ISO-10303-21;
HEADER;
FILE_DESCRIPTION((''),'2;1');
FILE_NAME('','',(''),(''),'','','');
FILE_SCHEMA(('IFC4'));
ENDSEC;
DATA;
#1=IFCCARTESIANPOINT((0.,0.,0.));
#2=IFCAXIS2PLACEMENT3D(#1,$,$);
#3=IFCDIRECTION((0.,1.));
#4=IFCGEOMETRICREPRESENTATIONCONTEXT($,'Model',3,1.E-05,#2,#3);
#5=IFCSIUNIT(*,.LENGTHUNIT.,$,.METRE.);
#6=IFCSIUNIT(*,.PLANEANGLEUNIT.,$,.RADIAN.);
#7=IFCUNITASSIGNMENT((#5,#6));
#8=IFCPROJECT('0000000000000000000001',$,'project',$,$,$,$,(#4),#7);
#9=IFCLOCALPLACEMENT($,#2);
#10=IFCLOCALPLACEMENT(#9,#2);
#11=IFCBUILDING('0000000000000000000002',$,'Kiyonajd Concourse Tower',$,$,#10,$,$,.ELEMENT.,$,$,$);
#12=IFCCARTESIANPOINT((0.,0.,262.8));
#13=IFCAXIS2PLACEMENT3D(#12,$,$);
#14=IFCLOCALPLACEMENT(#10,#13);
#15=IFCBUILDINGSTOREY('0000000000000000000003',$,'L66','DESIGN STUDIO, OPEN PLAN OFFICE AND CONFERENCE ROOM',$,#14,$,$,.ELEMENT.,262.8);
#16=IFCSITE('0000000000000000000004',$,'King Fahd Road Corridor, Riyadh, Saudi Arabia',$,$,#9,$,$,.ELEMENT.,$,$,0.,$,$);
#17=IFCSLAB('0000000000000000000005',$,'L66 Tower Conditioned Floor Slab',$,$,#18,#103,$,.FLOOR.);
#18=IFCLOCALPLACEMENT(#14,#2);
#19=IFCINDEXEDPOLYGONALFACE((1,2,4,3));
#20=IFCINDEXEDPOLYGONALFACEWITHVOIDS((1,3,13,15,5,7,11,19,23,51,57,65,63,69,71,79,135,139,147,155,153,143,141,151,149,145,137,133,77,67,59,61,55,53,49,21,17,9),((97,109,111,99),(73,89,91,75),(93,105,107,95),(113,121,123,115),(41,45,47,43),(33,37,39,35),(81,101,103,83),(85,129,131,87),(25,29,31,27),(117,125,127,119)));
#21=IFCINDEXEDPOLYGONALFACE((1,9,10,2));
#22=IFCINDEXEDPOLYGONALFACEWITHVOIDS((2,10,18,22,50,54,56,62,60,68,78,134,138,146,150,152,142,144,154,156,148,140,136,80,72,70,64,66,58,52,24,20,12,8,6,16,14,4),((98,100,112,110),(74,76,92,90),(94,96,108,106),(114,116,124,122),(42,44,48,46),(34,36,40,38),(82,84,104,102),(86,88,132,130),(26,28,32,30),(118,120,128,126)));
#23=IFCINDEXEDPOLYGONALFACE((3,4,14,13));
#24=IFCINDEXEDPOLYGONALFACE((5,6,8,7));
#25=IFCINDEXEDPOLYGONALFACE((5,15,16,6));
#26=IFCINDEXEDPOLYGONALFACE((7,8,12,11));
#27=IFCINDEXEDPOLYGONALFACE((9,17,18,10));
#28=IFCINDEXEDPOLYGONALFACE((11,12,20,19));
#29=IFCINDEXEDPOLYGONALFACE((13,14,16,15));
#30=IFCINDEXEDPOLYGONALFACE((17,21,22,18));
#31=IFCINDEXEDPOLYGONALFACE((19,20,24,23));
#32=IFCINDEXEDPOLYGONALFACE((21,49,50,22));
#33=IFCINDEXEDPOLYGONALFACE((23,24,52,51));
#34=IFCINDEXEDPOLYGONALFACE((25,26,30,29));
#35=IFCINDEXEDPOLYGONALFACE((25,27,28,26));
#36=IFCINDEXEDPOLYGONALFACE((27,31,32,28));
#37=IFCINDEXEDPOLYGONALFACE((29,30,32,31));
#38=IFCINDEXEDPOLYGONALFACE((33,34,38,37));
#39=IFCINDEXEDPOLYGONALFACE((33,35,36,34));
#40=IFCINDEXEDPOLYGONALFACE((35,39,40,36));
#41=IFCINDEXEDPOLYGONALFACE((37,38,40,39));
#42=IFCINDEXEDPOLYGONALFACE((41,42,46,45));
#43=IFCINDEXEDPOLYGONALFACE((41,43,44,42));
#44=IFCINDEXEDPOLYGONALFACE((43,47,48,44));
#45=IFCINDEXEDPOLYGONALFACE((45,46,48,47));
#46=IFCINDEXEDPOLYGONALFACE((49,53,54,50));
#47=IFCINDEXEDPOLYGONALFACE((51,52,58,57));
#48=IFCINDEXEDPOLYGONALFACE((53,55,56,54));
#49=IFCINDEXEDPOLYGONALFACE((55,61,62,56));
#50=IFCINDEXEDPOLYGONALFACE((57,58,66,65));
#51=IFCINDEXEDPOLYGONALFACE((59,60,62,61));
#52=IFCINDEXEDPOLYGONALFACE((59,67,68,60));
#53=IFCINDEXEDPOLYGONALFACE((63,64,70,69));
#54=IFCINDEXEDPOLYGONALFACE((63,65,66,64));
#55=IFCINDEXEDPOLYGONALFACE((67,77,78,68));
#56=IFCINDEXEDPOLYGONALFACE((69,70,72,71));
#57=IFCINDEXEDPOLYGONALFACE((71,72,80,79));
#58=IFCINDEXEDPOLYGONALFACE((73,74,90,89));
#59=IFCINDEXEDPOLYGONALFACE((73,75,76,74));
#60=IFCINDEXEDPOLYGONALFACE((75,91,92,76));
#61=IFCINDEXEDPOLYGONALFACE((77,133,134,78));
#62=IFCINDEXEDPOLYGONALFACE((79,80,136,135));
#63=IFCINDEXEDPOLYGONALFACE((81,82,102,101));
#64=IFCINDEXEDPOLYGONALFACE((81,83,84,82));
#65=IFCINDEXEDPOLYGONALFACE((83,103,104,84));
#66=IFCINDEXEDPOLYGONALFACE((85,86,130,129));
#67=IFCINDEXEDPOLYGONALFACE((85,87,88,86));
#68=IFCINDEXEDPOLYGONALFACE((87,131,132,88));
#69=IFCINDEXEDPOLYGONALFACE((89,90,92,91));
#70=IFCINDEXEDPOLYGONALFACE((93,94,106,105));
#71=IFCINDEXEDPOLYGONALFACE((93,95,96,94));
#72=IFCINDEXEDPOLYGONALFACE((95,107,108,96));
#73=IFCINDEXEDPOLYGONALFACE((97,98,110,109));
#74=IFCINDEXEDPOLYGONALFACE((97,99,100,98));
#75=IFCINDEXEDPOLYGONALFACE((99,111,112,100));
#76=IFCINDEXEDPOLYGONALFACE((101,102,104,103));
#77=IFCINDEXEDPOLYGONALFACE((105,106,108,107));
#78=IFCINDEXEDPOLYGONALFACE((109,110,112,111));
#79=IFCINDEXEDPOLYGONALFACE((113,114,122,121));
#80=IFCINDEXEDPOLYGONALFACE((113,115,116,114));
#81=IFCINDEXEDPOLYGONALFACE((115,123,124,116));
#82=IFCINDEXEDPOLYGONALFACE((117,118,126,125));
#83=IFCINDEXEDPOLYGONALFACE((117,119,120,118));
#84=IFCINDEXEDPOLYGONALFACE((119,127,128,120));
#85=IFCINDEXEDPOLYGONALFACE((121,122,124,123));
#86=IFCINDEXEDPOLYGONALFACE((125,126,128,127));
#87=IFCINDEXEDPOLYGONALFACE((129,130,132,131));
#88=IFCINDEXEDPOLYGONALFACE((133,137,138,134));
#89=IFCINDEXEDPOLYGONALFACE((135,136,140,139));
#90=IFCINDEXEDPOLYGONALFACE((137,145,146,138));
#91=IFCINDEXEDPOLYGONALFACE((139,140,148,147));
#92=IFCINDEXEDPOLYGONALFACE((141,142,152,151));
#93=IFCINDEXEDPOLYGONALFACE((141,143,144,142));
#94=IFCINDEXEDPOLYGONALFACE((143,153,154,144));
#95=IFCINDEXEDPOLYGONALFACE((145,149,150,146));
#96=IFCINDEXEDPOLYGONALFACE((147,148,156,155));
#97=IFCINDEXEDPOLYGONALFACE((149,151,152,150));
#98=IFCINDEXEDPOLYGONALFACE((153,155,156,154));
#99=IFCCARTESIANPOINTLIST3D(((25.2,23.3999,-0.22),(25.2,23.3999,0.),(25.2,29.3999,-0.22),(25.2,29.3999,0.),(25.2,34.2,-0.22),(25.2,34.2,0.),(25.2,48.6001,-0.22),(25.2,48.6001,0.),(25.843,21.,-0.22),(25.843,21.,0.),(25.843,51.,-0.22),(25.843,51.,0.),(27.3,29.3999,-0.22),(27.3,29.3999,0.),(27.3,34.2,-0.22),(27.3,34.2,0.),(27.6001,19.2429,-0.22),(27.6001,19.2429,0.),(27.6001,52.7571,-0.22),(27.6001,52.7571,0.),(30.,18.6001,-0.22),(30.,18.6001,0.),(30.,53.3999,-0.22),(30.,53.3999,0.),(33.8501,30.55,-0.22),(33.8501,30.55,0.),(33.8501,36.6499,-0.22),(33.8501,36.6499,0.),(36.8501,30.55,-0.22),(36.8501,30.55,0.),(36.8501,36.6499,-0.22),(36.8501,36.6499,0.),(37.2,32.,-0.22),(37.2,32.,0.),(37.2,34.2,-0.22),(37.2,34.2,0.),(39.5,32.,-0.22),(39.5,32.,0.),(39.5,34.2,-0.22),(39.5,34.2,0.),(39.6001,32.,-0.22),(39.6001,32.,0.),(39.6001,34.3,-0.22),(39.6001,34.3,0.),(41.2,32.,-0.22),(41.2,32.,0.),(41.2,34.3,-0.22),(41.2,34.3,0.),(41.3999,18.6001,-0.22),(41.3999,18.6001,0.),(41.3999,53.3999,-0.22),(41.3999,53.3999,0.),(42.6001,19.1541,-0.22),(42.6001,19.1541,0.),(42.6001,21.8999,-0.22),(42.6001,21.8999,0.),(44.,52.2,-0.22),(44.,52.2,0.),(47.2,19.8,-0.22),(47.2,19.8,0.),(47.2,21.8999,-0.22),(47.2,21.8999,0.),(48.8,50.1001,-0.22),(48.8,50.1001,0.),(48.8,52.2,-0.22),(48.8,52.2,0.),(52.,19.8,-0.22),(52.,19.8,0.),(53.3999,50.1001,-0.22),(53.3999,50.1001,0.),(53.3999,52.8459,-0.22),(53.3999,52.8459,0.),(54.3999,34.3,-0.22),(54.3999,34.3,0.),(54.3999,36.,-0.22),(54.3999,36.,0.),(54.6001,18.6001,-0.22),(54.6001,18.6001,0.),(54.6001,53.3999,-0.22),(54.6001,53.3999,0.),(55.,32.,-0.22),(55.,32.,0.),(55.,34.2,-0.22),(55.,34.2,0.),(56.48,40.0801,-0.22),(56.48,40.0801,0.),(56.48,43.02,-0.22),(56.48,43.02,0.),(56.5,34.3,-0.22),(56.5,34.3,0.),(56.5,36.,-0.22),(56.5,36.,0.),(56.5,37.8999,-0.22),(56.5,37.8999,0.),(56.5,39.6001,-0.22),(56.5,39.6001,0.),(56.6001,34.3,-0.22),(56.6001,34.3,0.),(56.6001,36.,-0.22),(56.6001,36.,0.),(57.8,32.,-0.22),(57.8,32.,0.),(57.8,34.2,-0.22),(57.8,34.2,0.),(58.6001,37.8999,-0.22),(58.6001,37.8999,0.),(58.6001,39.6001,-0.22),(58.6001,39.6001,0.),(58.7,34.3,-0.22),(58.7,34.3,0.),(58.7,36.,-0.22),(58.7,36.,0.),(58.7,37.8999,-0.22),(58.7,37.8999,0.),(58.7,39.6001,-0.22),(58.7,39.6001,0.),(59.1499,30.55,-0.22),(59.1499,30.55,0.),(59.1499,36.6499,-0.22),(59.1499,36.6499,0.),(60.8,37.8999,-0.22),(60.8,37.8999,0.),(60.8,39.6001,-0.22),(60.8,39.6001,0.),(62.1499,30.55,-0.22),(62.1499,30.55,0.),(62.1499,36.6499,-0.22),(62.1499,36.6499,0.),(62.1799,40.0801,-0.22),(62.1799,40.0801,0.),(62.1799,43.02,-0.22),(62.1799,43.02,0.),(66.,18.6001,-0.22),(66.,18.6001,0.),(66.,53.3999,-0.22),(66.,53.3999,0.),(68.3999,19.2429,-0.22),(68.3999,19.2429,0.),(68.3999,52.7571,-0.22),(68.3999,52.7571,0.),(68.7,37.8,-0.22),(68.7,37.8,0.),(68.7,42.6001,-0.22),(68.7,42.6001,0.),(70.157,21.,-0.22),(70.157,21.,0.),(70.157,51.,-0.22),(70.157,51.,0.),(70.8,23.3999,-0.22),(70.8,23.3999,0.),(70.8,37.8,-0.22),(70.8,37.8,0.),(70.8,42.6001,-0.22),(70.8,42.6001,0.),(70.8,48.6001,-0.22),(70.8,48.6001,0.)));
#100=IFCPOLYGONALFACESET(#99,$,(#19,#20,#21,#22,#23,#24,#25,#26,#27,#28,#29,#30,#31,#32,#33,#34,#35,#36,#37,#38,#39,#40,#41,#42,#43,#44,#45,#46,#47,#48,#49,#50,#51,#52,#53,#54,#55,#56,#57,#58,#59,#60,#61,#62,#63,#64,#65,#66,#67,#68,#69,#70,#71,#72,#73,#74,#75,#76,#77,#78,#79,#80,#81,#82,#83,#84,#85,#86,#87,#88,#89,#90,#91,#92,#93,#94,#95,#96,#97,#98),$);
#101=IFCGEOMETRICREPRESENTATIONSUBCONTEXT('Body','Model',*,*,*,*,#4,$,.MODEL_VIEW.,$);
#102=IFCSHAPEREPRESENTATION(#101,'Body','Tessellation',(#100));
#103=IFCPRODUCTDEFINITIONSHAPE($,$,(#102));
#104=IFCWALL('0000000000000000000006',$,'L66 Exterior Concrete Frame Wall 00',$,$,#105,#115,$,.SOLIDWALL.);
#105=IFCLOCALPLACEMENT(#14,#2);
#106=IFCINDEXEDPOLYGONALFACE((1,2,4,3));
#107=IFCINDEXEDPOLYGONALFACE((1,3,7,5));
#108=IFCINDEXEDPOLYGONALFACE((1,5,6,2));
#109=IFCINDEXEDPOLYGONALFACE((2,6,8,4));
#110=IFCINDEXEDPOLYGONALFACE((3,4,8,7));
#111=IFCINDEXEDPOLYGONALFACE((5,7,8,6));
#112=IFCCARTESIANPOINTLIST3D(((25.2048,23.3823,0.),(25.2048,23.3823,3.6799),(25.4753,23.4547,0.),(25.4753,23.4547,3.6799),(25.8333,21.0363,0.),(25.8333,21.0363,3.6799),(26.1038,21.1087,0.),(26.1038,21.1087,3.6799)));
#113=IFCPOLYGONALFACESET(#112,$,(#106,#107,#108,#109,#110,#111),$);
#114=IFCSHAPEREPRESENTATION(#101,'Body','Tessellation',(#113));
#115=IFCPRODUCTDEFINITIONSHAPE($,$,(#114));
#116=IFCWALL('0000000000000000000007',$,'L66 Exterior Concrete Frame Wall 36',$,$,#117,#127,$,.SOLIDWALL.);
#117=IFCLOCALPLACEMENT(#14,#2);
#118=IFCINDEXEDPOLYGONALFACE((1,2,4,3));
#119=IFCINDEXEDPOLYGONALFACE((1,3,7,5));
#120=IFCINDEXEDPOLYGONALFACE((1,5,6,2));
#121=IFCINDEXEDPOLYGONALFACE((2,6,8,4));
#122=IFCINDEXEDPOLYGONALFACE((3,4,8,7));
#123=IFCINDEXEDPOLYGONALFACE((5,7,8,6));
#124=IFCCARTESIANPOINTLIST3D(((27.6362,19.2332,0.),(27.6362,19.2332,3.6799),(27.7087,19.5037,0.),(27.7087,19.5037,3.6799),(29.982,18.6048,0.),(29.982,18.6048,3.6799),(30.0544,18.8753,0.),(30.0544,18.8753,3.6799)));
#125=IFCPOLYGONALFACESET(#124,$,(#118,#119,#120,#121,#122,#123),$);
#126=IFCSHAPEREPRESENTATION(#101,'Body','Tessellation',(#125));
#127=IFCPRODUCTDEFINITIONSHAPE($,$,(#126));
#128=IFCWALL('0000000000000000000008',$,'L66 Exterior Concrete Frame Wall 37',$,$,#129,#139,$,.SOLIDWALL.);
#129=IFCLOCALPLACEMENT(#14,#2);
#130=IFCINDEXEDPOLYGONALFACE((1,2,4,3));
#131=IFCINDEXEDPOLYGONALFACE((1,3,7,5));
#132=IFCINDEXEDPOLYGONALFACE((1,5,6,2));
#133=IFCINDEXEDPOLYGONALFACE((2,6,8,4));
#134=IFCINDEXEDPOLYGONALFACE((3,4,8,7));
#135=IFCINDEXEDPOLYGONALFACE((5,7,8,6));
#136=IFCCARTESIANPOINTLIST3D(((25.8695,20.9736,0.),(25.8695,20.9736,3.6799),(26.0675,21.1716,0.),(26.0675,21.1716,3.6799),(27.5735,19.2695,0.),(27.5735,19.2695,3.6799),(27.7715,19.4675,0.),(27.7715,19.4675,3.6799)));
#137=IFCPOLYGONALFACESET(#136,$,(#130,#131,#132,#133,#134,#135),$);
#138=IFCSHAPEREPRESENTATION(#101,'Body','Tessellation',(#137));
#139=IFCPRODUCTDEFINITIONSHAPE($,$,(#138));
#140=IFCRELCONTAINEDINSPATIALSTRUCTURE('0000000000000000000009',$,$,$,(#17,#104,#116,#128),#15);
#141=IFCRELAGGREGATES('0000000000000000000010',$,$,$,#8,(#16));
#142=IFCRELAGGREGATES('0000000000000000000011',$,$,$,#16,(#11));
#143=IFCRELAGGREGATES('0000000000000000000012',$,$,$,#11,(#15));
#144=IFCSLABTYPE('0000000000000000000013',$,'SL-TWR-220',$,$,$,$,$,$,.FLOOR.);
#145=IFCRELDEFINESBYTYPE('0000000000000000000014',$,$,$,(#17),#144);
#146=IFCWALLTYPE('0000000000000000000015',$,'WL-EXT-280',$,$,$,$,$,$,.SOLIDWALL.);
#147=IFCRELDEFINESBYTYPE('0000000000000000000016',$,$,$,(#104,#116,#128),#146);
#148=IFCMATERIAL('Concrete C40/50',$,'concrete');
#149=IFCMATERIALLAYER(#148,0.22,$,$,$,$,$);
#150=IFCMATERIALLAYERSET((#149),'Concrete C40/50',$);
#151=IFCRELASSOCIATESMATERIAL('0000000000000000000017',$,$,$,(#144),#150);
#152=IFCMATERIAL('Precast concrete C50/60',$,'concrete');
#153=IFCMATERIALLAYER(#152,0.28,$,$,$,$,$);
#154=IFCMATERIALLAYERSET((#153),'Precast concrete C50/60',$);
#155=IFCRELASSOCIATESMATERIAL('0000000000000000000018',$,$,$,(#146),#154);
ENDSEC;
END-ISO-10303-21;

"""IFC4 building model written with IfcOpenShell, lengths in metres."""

from ifc_helpers import new_model, si_unit, direction, frame, frame_2d, origin, place, context, subcontext, project, spatial, polyline, rectangle, outline, extrude, material, layer, layer_set, type_object, element, save


model = new_model("IFC4")

# Units and contexts
model_context = context("Model", 3, precision=1e-05, world=origin(), true_north=direction((0.0, 1.0)))
body_context = subcontext(model_context, "Body", "Model", "MODEL_VIEW")
ifc_project = project(units=[si_unit("LENGTHUNIT", "METRE"), si_unit("PLANEANGLEUNIT", "RADIAN")], contexts=[model_context])

# Site, building, storey
site_placement = place(None, origin())
site = spatial("IfcSite", under=ifc_project, at=site_placement, Name="King Fahd Road Corridor, Riyadh, Saudi Arabia", CompositionType="ELEMENT", RefElevation=0.0)
building_placement = place(site_placement, origin())
building = spatial("IfcBuilding", under=site, at=building_placement, Name="Kiyonajd Concourse Tower", CompositionType="ELEMENT")
storey_placement = place(building_placement, frame((0.0, 0.0, 262.8)))
storey = spatial("IfcBuildingStorey", under=building, at=storey_placement, Name="L66", Description="DESIGN STUDIO, OPEN PLAN OFFICE AND CONFERENCE ROOM", CompositionType="ELEMENT", Elevation=262.8)

# Shared definitions
ifc_material_1 = material(Name="Concrete C40/50", Category="concrete")

# Slab
ifc_material_2 = material(Name="Precast concrete C50/60", Category="concrete")
ifc_layer_1 = layer(ifc_material_1, 0.22)
ifc_layer_set_1 = layer_set([ifc_layer_1], Name="Concrete C40/50")
slab_type_1 = type_object("IfcSlabType", Name="SL-TWR-220", PredefinedType="FLOOR", material=ifc_layer_set_1)
slab_1_placement = place(storey_placement, frame((0.0, 0.0, -0.22)))
element("IfcSlab", 1, at=slab_1_placement, inside=storey, type_object=slab_type_1, Name="L66 Tower Conditioned Floor Slab", PredefinedType="FLOOR", context=body_context, shape_type="SweptSolid", body=[
    extrude(outline(polyline([(25.843, 21.0), (25.2, 23.3999), (25.2, 29.3999), (27.3, 29.3999), (27.3, 34.2), (25.2, 34.2), (25.2, 48.6001), (25.843, 51.0), (27.6001, 52.7571), (30.0, 53.3999), (41.3999, 53.3999), (44.0, 52.2), (48.8, 52.2), (48.8, 50.1001), (53.3999, 50.1001), (53.3999, 52.8459), (54.6001, 53.3999), (66.0, 53.3999), (68.3999, 52.7571), (70.157, 51.0), (70.8, 48.6001), (70.8, 42.6001), (68.7, 42.6001), (68.7, 37.8), (70.8, 37.8), (70.8, 23.3999), (70.157, 21.0), (68.3999, 19.2429), (66.0, 18.6001), (54.6001, 18.6001), (52.0, 19.8), (47.2, 19.8), (47.2, 21.8999), (42.6001, 21.8999), (42.6001, 19.1541), (41.3999, 18.6001), (30.0, 18.6001), (27.6001, 19.2429), (25.843, 21.0)]), holes=[polyline([(39.5, 32.0), (37.2, 32.0), (37.2, 34.2), (39.5, 34.2), (39.5, 32.0)]), polyline([(57.8, 32.0), (55.0, 32.0), (55.0, 34.2), (57.8, 34.2), (57.8, 32.0)]), polyline([(41.2, 32.0), (39.6001, 32.0), (39.6001, 34.3), (41.2, 34.3), (41.2, 32.0)]), polyline([(33.8501, 30.55), (33.8501, 36.6499), (36.8501, 36.6499), (36.8501, 30.55), (33.8501, 30.55)]), polyline([(59.1499, 30.55), (59.1499, 36.6499), (62.1499, 36.6499), (62.1499, 30.55), (59.1499, 30.55)]), polyline([(56.5, 34.3), (54.3999, 34.3), (54.3999, 36.0), (56.5, 36.0), (56.5, 34.3)]), polyline([(58.7, 34.3), (56.6001, 34.3), (56.6001, 36.0), (58.7, 36.0), (58.7, 34.3)]), polyline([(58.6001, 37.8999), (56.5, 37.8999), (56.5, 39.6001), (58.6001, 39.6001), (58.6001, 37.8999)]), polyline([(58.7, 37.8999), (58.7, 39.6001), (60.8, 39.6001), (60.8, 37.8999), (58.7, 37.8999)]), polyline([(56.48, 43.02), (62.1799, 43.02), (62.1799, 40.0801), (56.48, 40.0801), (56.48, 43.02)])]), origin(), (0.0, 0.0, 1.0), 0.22),
])

# Walls
ifc_layer_2 = layer(ifc_material_2, 0.28)
ifc_layer_set_2 = layer_set([ifc_layer_2], Name="Precast concrete C50/60")
wall_type = type_object("IfcWallType", Name="WL-EXT-280", PredefinedType="SOLIDWALL", material=ifc_layer_set_2)
wall_1_placement = place(storey_placement, frame((25.9685, 21.0725, 0.0), z_axis=(0.0, 0.0, 1.0), x_axis=(-0.258751, 0.965944, 0.0)))
element("IfcWall", 2, at=wall_1_placement, inside=storey, type_object=wall_type, Name="L66 Exterior Concrete Frame Wall 00", PredefinedType="SOLIDWALL", context=body_context, shape_type="SweptSolid", body=[
    extrude(rectangle(XDim=2.4287, YDim=0.28, at=frame_2d((1.2144, 0.0))), origin(), (0.0, 0.0, 1.0), 3.6799),
])
wall_2_placement = place(storey_placement, frame((30.0183, 18.74, 0.0), z_axis=(0.0, 0.0, 1.0), x_axis=(-0.965937, 0.258776, 0.0)))
element("IfcWall", 3, at=wall_2_placement, inside=storey, type_object=wall_type, Name="L66 Exterior Concrete Frame Wall 36", PredefinedType="SOLIDWALL", context=body_context, shape_type="SweptSolid", body=[
    extrude(rectangle(XDim=2.4285, YDim=0.28, at=frame_2d((1.2144, 0.0))), origin(), (0.0, 0.0, 1.0), 3.6799),
])
wall_3_placement = place(storey_placement, frame((27.6726, 19.3684, 0.0), z_axis=(0.0, 0.0, 1.0), x_axis=(-0.707107, 0.707107, 0.0)))
element("IfcWall", 4, at=wall_3_placement, inside=storey, type_object=wall_type, Name="L66 Exterior Concrete Frame Wall 37", PredefinedType="SOLIDWALL", context=body_context, shape_type="SweptSolid", body=[
    extrude(rectangle(XDim=2.4099, YDim=0.28, at=frame_2d((1.2051, 0.0))), origin(), (0.0, 0.0, 1.0), 3.6799),
])

save(model, "model.ifc")
